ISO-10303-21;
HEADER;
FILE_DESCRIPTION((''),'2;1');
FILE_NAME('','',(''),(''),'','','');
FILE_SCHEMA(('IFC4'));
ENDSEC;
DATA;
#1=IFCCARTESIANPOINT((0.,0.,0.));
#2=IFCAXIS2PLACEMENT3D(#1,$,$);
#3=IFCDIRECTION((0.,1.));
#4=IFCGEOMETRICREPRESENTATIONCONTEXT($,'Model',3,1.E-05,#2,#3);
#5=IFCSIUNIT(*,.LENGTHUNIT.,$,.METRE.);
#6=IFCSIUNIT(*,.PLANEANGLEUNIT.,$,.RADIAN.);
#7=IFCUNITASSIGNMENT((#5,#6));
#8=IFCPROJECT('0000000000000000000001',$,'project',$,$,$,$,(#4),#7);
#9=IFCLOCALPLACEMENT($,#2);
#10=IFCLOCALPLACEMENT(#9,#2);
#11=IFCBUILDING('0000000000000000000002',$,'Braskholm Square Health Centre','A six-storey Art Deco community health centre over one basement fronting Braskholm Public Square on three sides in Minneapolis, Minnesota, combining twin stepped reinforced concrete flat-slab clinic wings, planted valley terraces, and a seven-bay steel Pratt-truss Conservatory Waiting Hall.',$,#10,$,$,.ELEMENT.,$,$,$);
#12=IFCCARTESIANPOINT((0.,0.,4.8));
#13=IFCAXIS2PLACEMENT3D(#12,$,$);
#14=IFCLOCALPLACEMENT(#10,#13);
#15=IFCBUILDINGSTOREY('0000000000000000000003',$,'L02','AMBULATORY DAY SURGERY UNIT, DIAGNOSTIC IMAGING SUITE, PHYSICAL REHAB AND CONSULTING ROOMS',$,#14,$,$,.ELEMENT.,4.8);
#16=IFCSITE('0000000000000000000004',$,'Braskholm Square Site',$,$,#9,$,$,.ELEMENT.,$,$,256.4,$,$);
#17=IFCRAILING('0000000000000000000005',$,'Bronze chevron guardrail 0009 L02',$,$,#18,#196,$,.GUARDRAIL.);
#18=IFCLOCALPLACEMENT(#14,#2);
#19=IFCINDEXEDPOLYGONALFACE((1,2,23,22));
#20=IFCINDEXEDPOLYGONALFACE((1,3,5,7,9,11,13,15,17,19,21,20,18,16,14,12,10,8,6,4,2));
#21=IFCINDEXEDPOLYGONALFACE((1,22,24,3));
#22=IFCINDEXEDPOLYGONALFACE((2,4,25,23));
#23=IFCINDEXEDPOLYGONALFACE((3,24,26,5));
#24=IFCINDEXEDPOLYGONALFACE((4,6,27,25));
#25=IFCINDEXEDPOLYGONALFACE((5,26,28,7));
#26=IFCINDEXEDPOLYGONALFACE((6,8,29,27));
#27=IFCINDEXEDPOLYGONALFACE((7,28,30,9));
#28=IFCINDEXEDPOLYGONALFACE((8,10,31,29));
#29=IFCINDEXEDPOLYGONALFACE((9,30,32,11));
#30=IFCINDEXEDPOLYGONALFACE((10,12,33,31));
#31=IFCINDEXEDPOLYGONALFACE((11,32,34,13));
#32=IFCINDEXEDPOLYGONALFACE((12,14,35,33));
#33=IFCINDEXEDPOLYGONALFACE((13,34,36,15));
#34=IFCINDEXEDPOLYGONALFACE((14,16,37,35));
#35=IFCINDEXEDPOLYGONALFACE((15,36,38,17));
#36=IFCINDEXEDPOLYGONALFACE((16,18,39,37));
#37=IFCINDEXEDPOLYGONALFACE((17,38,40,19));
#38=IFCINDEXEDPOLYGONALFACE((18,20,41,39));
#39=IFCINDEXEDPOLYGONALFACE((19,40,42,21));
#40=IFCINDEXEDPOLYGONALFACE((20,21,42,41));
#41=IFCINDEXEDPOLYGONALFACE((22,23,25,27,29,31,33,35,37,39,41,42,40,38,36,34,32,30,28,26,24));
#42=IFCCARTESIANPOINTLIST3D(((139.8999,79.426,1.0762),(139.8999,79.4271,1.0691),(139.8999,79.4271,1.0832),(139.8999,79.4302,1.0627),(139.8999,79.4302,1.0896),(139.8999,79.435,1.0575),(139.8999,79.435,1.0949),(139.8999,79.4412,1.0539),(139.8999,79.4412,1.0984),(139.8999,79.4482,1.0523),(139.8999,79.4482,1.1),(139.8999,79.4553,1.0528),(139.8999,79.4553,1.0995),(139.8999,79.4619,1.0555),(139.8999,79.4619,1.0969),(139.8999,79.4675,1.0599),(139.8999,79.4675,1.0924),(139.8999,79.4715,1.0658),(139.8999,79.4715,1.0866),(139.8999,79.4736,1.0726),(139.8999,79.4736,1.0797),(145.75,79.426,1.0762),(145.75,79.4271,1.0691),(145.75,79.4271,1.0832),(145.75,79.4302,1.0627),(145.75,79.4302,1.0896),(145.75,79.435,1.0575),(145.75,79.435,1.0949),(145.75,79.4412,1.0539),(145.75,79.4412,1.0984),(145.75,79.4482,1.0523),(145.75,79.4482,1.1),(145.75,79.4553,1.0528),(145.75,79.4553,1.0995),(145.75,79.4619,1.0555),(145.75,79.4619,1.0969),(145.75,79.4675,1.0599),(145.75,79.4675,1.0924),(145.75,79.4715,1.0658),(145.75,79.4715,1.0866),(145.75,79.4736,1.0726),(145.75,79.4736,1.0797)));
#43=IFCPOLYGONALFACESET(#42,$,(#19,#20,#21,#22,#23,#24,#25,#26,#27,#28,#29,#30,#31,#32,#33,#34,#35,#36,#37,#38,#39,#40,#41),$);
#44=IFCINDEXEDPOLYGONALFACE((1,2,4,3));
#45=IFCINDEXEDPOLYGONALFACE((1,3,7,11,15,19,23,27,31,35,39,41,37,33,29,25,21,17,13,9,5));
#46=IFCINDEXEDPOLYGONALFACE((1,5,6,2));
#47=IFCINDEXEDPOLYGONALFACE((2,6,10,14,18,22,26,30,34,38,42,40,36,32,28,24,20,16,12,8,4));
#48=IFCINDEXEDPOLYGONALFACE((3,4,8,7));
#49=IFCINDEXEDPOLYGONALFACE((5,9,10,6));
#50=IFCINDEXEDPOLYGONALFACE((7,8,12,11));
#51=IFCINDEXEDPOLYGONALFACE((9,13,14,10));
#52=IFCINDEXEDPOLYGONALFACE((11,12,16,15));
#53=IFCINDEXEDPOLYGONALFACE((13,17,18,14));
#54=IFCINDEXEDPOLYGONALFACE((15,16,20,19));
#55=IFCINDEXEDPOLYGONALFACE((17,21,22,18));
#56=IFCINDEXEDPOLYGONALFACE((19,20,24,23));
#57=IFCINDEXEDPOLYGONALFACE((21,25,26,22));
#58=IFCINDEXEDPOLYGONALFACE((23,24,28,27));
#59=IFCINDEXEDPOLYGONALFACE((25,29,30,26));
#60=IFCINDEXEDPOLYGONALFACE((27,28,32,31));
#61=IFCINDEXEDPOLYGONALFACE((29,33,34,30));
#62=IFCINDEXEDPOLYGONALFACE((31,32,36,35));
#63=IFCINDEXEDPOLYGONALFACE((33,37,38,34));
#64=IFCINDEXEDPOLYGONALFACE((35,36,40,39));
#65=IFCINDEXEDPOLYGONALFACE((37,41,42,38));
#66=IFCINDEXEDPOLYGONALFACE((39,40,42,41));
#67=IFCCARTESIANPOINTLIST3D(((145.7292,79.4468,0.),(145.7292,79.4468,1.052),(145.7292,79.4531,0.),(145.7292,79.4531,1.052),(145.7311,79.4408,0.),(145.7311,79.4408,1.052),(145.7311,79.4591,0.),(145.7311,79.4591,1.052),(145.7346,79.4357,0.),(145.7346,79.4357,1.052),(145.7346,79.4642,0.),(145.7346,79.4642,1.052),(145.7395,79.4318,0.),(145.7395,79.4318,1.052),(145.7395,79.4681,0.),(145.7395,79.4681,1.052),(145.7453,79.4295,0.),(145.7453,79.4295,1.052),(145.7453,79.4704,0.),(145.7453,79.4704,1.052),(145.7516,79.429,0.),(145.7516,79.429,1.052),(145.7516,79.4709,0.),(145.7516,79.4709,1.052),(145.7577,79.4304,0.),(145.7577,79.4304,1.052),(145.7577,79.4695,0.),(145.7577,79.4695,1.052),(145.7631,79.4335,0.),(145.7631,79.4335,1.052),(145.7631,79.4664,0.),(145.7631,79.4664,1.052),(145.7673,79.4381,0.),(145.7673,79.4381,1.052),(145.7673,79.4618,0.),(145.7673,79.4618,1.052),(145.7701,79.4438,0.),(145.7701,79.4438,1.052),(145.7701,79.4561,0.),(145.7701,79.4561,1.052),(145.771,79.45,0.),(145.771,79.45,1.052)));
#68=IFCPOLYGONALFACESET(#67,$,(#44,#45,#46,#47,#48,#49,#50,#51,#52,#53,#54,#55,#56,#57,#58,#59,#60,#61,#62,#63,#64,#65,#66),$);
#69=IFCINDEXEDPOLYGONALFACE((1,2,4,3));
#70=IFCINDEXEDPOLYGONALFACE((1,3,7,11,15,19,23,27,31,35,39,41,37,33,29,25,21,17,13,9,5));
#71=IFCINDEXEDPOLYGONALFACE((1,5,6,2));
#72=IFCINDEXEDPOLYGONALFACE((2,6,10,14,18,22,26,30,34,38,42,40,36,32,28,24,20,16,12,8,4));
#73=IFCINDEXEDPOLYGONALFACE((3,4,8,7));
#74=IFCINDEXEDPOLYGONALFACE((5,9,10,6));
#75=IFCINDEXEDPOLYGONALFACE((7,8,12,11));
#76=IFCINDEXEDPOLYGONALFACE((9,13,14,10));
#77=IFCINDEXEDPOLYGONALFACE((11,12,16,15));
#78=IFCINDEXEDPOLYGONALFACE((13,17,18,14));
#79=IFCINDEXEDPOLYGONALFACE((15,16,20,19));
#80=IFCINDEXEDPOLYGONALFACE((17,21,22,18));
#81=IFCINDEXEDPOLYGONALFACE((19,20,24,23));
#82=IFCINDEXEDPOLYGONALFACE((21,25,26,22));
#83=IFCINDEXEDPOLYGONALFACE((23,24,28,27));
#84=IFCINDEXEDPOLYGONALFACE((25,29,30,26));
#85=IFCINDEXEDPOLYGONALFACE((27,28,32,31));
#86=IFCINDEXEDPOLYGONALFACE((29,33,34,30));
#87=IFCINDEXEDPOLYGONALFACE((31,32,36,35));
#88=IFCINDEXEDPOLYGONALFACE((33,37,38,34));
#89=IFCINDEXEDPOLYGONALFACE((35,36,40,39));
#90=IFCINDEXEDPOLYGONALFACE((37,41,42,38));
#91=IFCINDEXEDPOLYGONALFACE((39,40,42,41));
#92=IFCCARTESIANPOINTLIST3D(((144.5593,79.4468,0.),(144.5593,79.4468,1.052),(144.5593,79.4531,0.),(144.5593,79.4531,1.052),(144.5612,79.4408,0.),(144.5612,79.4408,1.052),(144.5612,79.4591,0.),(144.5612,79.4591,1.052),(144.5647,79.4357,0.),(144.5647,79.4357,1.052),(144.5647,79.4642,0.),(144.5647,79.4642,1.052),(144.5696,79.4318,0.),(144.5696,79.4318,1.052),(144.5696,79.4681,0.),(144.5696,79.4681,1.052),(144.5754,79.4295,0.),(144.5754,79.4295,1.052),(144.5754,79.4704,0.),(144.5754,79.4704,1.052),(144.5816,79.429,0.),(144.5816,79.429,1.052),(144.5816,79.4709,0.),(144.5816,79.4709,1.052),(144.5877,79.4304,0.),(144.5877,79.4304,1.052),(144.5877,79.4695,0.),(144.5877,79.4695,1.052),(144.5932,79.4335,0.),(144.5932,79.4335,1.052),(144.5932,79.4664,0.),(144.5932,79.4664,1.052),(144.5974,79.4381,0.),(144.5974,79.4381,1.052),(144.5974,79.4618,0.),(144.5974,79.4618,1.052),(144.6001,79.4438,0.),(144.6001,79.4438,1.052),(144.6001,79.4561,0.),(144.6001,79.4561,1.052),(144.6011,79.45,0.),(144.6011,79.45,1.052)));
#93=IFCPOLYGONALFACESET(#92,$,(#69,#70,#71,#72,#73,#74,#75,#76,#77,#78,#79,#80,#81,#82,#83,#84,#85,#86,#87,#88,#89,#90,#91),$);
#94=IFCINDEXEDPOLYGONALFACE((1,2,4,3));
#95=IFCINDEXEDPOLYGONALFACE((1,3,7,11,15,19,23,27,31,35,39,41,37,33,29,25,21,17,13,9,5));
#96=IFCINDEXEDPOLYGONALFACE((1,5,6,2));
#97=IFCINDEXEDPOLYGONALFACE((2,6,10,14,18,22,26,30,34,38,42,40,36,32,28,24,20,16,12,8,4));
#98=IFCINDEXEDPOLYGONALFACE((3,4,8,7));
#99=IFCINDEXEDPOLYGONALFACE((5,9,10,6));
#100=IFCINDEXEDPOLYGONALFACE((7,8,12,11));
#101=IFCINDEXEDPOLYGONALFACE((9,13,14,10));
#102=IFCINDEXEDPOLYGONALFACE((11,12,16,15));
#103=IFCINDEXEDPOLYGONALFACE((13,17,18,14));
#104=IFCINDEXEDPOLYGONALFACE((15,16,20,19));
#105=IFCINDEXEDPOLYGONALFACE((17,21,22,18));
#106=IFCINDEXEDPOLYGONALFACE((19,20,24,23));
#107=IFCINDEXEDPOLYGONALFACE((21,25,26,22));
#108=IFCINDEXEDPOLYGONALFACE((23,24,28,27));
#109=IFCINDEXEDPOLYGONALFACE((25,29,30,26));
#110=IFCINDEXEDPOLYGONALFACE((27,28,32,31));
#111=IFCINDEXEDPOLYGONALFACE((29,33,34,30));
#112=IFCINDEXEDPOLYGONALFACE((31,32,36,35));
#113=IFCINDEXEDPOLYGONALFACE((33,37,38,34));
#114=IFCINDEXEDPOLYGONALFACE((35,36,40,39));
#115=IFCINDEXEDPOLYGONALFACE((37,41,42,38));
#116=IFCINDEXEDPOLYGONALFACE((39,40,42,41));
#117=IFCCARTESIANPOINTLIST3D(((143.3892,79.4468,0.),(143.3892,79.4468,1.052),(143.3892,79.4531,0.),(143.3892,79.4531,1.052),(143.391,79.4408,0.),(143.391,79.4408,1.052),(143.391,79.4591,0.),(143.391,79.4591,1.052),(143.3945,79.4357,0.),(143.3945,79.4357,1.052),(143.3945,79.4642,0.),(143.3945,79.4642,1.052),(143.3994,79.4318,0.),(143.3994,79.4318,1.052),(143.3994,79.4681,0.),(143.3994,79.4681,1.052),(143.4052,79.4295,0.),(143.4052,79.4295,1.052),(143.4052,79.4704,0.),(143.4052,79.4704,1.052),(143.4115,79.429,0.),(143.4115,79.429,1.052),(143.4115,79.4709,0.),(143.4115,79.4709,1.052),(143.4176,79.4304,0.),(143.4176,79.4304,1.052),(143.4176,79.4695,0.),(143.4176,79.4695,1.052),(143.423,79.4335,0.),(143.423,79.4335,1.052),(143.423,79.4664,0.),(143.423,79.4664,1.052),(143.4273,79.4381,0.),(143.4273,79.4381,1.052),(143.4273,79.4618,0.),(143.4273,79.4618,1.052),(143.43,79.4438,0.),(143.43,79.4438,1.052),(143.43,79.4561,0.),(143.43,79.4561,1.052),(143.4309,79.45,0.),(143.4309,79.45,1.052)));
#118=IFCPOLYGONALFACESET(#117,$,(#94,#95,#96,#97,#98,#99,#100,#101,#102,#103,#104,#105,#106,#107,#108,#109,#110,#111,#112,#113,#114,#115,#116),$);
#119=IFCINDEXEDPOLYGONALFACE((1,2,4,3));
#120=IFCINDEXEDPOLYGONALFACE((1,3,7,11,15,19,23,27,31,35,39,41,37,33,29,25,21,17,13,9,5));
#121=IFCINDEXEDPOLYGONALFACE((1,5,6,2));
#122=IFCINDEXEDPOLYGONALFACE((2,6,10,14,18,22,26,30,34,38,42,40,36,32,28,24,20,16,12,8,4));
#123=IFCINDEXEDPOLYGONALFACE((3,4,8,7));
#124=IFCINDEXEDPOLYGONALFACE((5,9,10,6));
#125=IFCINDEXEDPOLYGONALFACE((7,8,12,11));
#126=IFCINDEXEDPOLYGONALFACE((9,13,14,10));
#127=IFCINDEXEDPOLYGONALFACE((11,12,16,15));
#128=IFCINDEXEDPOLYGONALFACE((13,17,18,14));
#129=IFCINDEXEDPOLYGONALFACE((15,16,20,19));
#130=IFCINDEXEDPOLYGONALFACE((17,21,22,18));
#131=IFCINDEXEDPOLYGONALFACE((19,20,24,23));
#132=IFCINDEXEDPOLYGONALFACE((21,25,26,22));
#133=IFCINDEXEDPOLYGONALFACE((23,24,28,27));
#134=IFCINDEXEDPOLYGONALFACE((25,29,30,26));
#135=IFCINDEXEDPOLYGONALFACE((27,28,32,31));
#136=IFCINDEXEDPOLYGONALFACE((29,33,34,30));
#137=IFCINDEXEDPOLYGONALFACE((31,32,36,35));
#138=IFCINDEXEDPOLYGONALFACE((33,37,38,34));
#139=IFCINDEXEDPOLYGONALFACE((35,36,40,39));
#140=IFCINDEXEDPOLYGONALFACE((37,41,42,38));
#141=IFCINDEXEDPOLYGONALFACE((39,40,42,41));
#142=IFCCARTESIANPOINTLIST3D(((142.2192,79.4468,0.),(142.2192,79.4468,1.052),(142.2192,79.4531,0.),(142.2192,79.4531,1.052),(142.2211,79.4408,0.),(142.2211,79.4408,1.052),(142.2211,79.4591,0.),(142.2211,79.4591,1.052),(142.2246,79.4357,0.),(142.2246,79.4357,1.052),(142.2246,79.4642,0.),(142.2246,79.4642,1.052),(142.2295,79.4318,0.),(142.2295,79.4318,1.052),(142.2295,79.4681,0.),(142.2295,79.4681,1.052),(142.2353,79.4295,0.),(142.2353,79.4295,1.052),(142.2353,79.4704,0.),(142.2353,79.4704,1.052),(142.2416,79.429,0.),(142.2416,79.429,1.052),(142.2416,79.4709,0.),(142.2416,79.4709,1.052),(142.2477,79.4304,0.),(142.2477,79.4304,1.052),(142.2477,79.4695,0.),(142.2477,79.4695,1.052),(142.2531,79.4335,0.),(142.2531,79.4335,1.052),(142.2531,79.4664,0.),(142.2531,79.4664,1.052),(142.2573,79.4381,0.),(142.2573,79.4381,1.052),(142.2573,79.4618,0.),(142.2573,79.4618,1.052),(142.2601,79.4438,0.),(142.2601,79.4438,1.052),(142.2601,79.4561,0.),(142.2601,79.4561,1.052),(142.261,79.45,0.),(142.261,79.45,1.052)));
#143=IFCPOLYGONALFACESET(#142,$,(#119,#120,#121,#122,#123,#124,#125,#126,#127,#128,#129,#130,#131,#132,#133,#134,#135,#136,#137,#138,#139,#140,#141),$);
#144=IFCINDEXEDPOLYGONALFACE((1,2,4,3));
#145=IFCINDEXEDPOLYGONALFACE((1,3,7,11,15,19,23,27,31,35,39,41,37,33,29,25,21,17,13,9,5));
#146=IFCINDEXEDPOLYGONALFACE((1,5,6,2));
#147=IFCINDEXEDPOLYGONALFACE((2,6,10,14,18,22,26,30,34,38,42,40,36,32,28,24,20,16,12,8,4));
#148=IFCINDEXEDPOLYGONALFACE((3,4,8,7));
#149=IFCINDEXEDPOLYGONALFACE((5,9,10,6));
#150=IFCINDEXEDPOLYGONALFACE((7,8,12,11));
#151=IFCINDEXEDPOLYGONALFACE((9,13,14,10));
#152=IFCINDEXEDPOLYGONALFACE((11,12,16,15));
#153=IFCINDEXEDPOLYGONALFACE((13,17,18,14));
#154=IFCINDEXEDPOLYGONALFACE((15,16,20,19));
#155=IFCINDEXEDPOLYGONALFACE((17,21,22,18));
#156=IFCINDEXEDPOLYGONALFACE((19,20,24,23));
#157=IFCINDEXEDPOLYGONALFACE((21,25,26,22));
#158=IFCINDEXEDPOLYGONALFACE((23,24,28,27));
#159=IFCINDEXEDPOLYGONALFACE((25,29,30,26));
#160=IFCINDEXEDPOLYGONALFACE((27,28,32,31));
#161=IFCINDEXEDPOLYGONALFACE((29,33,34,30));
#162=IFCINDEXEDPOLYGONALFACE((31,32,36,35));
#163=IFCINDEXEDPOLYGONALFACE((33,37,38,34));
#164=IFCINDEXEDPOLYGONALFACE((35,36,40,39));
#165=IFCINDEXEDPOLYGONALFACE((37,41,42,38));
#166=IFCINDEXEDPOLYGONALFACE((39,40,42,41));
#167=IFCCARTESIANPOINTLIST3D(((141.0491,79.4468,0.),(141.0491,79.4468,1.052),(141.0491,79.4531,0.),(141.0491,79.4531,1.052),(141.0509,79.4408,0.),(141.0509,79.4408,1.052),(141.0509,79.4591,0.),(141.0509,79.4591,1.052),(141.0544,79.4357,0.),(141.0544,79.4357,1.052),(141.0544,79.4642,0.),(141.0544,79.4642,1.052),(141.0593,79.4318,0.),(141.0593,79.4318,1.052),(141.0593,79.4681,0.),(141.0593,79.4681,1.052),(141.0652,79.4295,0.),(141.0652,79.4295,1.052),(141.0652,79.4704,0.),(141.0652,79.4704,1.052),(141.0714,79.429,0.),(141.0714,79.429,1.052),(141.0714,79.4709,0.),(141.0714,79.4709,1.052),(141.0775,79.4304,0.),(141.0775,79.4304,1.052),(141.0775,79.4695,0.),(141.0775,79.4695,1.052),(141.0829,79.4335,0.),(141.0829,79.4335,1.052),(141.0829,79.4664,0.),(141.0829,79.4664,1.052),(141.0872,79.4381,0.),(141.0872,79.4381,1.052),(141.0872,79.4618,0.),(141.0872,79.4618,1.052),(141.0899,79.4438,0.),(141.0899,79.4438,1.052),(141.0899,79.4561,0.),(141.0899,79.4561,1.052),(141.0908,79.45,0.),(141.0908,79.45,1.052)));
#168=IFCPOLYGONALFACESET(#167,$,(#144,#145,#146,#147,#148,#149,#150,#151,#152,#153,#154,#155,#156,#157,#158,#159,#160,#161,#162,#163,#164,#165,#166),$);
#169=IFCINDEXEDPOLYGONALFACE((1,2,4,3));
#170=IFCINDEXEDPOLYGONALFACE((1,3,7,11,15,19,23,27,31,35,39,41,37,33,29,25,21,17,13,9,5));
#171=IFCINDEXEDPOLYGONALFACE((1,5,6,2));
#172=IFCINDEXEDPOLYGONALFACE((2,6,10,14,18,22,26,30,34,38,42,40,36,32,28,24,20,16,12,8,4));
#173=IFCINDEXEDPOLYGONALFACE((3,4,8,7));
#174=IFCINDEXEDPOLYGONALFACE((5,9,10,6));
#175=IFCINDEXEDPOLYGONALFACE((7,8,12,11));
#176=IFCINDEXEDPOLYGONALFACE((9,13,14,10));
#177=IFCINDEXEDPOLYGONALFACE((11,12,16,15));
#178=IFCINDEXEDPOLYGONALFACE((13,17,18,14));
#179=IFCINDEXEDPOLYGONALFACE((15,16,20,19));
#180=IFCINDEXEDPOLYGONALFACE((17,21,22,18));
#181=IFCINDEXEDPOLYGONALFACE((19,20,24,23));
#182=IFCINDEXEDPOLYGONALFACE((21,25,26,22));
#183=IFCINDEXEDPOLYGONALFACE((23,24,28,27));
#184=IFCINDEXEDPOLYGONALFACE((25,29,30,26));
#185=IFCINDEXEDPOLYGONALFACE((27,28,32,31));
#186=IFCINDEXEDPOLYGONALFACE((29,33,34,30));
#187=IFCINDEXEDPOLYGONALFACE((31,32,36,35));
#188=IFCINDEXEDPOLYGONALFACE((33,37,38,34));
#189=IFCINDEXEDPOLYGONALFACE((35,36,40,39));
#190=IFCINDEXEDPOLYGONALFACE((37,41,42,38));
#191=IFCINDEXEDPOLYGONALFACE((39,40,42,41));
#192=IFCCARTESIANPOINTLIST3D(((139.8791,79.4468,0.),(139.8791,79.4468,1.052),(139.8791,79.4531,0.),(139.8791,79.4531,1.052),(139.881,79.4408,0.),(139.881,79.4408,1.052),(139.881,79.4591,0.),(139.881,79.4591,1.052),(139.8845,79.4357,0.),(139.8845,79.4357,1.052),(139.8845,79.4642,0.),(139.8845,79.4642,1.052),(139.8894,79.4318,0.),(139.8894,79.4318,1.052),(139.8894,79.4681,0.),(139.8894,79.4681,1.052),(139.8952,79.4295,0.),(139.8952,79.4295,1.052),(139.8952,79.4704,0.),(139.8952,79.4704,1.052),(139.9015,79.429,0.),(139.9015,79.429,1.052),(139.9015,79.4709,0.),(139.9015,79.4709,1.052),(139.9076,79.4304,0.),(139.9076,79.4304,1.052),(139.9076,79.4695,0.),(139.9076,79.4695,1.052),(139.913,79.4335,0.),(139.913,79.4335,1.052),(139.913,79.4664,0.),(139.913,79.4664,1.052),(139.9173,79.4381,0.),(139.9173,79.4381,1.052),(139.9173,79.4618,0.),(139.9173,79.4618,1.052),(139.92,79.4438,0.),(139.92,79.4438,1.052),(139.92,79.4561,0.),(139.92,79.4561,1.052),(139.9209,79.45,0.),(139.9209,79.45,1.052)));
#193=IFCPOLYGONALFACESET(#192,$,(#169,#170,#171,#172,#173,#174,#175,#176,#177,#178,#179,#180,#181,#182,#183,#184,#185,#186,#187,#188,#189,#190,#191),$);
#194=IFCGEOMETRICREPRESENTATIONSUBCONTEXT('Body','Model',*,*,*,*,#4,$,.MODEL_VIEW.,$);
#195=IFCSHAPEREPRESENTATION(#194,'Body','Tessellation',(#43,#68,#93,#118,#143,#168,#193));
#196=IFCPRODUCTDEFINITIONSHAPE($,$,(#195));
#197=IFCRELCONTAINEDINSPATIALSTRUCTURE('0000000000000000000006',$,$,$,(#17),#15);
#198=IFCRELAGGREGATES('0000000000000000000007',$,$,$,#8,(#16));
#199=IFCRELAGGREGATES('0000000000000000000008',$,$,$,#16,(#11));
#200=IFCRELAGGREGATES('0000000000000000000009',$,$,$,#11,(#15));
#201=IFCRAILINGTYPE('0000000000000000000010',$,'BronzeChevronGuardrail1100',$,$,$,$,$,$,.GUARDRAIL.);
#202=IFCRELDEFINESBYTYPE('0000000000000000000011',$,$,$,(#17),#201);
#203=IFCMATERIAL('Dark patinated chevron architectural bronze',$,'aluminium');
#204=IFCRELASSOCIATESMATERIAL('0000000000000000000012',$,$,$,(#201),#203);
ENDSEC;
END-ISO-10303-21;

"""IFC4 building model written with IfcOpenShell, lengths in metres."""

from ifc_helpers import new_model, si_unit, direction, frame, origin, origin_2d, place, context, subcontext, project, spatial, circle, extrude, material, type_object, element, save


model = new_model("IFC4")

# Units and contexts
model_context = context("Model", 3, precision=1e-05, world=origin(), true_north=direction((0.0, 1.0)))
body_context = subcontext(model_context, "Body", "Model", "MODEL_VIEW")
ifc_project = project(units=[si_unit("LENGTHUNIT", "METRE"), si_unit("PLANEANGLEUNIT", "RADIAN")], contexts=[model_context])

# Site, building, storey
site_placement = place(None, origin())
site = spatial("IfcSite", under=ifc_project, at=site_placement, Name="Braskholm Square Site", CompositionType="ELEMENT", RefElevation=256.4)
building_placement = place(site_placement, origin())
building = spatial("IfcBuilding", under=site, at=building_placement, Name="Braskholm Square Health Centre", Description="A six-storey Art Deco community health centre over one basement fronting Braskholm Public Square on three sides in Minneapolis, Minnesota, combining twin stepped reinforced concrete flat-slab clinic wings, planted valley terraces, and a seven-bay steel Pratt-truss Conservatory Waiting Hall.", CompositionType="ELEMENT")
storey_placement = place(building_placement, frame((0.0, 0.0, 4.8)))
storey = spatial("IfcBuildingStorey", under=building, at=storey_placement, Name="L02", Description="AMBULATORY DAY SURGERY UNIT, DIAGNOSTIC IMAGING SUITE, PHYSICAL REHAB AND CONSULTING ROOMS", CompositionType="ELEMENT", Elevation=4.8)

# Railing
ifc_material_1 = material(Name="Dark patinated chevron architectural bronze", Category="aluminium")
railing_type = type_object("IfcRailingType", Name="BronzeChevronGuardrail1100", PredefinedType="GUARDRAIL", material=ifc_material_1)
railing_1_placement = place(storey_placement, frame((145.75, 79.45, 0.0)))
element("IfcRailing", 1, at=railing_1_placement, inside=storey, type_object=railing_type, Name="Bronze chevron guardrail 0009 L02", PredefinedType="GUARDRAIL", context=body_context, shape_type="SweptSolid", body=[
    extrude(circle(Radius=0.0239, at=origin_2d()), frame((0.0, 0.0, 1.0762), z_axis=(-1.0, 0.0, 0.0), x_axis=(0.0, -1.0, 0.0)), (0.0, 0.0, 1.0), 5.8501),
    extrude(circle(Radius=0.021, at=origin_2d()), origin(), (0.0, 0.0, 1.0), 1.052),
    extrude(circle(Radius=0.021, at=origin_2d()), frame((-1.1699, 0.0, 0.0)), (0.0, 0.0, 1.0), 1.052),
    extrude(circle(Radius=0.021, at=origin_2d()), frame((-2.3401, 0.0, 0.0)), (0.0, 0.0, 1.0), 1.052),
    extrude(circle(Radius=0.021, at=origin_2d()), frame((-3.51, 0.0, 0.0)), (0.0, 0.0, 1.0), 1.052),
    extrude(circle(Radius=0.021, at=origin_2d()), frame((-4.6802, 0.0, 0.0)), (0.0, 0.0, 1.0), 1.052),
    extrude(circle(Radius=0.021, at=origin_2d()), frame((-5.8501, 0.0, 0.0)), (0.0, 0.0, 1.0), 1.052),
])

save(model, "model.ifc")
